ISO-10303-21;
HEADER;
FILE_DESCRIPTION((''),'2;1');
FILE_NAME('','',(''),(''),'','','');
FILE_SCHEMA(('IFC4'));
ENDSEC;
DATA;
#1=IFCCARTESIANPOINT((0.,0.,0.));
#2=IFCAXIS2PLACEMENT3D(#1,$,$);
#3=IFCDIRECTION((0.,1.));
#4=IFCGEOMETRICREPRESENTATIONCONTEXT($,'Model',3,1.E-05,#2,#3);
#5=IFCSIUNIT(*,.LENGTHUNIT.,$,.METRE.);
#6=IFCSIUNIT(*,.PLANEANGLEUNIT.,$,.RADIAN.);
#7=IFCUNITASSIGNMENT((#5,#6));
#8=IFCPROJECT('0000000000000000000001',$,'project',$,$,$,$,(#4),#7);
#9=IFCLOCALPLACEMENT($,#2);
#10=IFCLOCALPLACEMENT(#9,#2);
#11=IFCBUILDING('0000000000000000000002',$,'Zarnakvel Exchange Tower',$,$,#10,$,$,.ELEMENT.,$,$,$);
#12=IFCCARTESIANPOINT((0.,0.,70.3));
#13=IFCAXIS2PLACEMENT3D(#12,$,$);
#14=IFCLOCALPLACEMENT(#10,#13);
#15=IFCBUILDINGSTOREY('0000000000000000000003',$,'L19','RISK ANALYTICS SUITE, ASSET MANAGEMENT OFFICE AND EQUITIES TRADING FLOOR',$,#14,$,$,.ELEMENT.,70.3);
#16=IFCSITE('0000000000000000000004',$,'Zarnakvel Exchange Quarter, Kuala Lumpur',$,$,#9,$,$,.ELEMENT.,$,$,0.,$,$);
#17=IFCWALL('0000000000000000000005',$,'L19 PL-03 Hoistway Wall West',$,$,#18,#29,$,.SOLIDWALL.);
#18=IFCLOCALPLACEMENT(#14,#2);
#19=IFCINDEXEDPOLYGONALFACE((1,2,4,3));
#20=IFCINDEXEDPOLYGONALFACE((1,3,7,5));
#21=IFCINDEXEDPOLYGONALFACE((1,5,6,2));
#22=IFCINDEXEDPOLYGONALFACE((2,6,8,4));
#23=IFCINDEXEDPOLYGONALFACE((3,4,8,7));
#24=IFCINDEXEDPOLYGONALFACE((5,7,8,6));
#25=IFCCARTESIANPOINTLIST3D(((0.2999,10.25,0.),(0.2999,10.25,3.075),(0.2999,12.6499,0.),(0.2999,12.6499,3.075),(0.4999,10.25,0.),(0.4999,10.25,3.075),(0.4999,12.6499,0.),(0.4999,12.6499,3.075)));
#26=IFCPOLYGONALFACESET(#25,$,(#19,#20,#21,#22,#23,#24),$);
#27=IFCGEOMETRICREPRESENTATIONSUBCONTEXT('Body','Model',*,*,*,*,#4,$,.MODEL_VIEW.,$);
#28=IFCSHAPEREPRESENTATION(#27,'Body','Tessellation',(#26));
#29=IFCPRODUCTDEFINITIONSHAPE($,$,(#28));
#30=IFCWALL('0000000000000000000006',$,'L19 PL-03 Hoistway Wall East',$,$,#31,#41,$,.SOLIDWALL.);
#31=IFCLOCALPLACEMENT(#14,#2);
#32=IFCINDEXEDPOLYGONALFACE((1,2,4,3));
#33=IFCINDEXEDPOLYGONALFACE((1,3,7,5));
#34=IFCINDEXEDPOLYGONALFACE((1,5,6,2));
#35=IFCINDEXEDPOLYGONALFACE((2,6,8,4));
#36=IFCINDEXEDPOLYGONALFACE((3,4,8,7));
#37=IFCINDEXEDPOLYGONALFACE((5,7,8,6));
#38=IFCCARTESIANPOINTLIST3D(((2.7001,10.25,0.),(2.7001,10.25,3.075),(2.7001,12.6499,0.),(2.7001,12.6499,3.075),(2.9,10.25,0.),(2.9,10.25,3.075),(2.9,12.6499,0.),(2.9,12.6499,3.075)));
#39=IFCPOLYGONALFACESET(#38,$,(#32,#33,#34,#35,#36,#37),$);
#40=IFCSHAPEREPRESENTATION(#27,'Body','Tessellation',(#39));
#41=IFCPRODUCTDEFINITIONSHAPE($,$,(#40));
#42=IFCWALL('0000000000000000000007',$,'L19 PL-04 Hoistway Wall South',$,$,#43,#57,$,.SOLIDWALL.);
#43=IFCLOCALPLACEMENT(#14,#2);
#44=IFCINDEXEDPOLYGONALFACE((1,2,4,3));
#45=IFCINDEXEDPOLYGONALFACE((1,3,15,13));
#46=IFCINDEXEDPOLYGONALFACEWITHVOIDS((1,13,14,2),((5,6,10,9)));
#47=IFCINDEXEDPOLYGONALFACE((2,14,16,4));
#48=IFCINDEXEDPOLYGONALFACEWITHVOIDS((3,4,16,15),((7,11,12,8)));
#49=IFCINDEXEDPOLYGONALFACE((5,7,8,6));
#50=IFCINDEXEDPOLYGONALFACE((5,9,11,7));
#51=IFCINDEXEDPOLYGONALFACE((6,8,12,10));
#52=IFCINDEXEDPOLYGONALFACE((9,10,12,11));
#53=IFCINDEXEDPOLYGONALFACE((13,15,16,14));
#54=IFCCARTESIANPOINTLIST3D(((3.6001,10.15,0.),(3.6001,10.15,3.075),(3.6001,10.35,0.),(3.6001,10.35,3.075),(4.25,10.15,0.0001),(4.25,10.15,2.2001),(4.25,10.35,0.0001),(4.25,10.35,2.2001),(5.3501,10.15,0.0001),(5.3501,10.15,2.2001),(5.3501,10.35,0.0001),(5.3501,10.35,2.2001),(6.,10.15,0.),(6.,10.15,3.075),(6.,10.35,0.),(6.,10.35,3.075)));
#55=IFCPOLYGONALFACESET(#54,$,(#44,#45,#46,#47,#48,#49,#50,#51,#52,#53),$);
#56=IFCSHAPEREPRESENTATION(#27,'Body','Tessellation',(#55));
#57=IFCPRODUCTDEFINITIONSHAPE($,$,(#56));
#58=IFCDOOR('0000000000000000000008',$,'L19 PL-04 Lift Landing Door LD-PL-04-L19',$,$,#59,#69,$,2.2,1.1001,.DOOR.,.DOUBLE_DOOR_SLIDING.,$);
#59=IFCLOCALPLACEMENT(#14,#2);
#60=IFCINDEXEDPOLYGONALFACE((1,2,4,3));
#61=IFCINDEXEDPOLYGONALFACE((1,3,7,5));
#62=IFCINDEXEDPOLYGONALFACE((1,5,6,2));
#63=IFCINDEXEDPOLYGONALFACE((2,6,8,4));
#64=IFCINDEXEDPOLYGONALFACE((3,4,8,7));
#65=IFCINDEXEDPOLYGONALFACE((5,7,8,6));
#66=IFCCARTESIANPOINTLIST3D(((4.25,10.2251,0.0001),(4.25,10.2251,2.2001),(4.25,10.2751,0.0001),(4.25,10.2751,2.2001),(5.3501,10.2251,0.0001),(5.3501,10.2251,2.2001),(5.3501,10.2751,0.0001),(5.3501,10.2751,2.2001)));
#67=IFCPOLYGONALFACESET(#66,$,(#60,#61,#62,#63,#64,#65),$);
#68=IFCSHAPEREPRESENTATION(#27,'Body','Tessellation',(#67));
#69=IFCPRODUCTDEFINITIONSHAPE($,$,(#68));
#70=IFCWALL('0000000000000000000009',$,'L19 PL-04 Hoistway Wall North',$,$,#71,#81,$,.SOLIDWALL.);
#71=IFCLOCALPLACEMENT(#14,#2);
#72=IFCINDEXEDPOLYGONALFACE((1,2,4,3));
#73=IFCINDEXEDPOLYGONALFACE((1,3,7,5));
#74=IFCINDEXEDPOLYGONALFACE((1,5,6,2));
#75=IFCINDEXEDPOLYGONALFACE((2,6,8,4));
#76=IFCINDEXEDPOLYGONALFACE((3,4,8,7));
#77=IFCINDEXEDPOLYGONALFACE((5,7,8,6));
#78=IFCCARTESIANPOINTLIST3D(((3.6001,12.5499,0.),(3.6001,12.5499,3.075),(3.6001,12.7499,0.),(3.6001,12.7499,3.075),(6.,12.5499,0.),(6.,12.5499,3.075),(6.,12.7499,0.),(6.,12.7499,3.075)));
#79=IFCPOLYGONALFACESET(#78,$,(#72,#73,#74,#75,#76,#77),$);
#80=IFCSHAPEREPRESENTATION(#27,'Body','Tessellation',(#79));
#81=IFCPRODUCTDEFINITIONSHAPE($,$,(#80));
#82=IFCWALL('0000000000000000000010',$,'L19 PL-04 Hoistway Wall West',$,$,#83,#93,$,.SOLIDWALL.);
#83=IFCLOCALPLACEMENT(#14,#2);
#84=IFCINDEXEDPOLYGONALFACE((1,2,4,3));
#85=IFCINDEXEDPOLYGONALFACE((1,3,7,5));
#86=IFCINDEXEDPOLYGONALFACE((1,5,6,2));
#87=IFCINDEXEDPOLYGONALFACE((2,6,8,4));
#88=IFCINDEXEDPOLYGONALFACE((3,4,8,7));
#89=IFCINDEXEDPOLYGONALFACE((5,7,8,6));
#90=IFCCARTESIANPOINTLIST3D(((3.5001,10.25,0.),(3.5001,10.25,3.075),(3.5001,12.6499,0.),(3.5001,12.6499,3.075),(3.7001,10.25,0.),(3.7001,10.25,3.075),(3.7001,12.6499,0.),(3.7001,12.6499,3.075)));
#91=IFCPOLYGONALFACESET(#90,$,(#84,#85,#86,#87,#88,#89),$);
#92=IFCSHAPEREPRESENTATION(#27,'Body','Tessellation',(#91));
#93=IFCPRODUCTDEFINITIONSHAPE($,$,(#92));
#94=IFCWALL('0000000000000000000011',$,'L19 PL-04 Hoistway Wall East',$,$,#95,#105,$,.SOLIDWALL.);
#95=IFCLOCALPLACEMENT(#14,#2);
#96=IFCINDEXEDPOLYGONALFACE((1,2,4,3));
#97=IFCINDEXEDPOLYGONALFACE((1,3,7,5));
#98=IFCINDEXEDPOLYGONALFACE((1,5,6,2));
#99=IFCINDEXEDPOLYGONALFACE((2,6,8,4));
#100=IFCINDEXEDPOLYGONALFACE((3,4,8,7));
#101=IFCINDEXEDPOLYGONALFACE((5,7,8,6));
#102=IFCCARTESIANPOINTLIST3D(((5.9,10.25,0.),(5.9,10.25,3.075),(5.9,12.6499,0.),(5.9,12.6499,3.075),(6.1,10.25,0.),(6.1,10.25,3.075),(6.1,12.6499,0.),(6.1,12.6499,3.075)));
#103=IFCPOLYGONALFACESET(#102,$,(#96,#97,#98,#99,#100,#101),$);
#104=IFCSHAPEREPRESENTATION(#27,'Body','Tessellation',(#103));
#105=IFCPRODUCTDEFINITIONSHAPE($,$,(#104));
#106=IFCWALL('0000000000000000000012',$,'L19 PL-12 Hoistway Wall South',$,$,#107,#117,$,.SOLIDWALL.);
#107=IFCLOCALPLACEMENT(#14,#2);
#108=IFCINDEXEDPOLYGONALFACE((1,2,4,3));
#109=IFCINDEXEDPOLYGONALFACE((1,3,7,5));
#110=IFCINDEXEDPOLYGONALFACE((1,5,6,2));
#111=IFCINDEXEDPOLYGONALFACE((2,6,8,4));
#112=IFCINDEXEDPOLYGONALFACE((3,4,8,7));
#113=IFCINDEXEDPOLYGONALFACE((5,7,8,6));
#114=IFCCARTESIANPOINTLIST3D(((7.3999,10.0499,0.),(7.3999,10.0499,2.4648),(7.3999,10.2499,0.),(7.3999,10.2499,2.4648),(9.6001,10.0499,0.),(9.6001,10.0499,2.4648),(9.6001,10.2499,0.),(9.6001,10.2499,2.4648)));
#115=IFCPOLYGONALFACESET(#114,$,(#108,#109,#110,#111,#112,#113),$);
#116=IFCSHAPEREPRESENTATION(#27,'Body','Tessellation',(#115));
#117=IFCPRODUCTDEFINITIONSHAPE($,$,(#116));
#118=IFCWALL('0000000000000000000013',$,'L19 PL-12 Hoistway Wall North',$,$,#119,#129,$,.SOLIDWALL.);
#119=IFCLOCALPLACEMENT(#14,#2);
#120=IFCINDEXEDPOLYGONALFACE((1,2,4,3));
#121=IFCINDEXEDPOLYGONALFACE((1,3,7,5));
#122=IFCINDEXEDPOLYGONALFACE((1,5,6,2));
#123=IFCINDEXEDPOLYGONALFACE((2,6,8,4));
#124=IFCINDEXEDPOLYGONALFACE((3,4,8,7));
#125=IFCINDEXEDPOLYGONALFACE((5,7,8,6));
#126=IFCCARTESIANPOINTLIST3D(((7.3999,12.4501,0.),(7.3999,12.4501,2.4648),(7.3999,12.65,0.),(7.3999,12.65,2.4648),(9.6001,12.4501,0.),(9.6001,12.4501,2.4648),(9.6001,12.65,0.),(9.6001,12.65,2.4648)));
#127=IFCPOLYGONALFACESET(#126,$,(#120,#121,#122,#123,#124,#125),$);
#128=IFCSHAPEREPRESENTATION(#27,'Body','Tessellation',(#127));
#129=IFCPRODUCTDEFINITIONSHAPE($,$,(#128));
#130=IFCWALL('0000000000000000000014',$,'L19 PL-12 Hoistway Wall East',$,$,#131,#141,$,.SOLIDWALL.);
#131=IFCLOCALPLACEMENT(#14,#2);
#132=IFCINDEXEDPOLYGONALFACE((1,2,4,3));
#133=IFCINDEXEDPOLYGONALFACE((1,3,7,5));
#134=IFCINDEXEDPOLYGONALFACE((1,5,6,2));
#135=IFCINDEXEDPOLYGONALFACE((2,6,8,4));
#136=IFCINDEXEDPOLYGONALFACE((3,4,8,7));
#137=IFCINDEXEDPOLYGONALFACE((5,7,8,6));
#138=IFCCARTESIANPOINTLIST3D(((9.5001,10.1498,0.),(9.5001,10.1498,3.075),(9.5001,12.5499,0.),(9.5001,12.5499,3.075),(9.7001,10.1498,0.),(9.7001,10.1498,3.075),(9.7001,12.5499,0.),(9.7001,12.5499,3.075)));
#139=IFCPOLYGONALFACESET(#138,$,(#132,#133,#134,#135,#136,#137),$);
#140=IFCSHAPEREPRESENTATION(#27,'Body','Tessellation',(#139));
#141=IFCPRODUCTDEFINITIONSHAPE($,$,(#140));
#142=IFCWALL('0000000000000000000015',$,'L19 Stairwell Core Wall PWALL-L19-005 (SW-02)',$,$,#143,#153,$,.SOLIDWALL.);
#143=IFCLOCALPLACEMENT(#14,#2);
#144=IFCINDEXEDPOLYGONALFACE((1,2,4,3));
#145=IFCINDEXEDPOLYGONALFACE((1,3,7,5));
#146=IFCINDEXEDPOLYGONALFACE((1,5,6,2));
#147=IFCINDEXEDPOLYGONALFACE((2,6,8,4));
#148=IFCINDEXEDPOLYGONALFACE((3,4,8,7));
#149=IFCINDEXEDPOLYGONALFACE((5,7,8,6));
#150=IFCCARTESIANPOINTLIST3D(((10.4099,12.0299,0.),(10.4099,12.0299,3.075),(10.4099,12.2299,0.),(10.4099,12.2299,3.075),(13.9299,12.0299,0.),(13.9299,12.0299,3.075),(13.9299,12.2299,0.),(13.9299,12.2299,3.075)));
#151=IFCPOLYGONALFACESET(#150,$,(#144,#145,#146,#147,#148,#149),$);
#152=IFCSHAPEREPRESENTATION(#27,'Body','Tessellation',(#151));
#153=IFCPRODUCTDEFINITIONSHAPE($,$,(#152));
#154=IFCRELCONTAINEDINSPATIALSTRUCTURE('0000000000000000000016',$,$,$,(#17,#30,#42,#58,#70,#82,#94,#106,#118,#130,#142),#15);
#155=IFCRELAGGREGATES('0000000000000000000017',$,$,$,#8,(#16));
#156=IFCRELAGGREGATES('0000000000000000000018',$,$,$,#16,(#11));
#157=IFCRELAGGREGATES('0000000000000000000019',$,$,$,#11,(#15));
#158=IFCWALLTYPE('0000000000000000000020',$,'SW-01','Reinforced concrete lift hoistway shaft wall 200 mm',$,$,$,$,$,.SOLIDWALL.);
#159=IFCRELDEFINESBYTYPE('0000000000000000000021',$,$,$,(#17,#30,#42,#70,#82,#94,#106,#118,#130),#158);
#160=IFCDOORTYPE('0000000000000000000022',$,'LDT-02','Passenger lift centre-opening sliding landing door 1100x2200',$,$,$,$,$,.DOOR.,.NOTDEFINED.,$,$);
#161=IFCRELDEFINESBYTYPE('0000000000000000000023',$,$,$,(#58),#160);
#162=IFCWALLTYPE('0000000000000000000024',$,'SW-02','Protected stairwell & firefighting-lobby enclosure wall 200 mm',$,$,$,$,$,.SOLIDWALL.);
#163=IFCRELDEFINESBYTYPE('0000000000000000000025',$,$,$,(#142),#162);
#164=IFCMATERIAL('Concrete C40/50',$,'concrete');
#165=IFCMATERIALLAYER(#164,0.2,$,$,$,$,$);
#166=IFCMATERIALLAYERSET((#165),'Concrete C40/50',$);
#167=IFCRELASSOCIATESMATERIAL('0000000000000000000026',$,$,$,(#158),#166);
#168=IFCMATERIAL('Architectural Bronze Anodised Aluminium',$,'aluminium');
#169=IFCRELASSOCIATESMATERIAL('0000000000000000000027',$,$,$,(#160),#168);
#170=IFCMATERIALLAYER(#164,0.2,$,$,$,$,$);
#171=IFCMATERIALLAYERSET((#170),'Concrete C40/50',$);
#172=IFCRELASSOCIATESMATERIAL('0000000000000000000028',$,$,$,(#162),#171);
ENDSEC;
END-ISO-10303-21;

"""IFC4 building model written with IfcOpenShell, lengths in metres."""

from ifc_helpers import new_model, si_unit, direction, frame, frame_2d, origin, place, context, subcontext, project, spatial, rectangle, extrude, source, transform, mapped, material, layer, layer_set, type_object, element, fill, save


model = new_model("IFC4")

# Units and contexts
model_context = context("Model", 3, precision=1e-05, world=origin(), true_north=direction((0.0, 1.0)))
body_context = subcontext(model_context, "Body", "Model", "MODEL_VIEW")
ifc_project = project(units=[si_unit("LENGTHUNIT", "METRE"), si_unit("PLANEANGLEUNIT", "RADIAN")], contexts=[model_context])

# Site, building, storey
site_placement = place(None, origin())
site = spatial("IfcSite", under=ifc_project, at=site_placement, Name="Zarnakvel Exchange Quarter, Kuala Lumpur", CompositionType="ELEMENT", RefElevation=0.0)
building_placement = place(site_placement, origin())
building = spatial("IfcBuilding", under=site, at=building_placement, Name="Zarnakvel Exchange Tower", CompositionType="ELEMENT")
storey_placement = place(building_placement, frame((0.0, 0.0, 70.3)))
storey = spatial("IfcBuildingStorey", under=building, at=storey_placement, Name="L19", Description="RISK ANALYTICS SUITE, ASSET MANAGEMENT OFFICE AND EQUITIES TRADING FLOOR", CompositionType="ELEMENT", Elevation=70.3)

# Shared definitions
ifc_material_1 = material(Name="Architectural Bronze Anodised Aluminium", Category="aluminium")

# Shared definitions
ifc_material_2 = material(Name="Concrete C40/50", Category="concrete")
ifc_layer_1 = layer(ifc_material_2, 0.2)
ifc_layer_set_1 = layer_set([ifc_layer_1], Name="Concrete C40/50")
wall_type_1 = type_object("IfcWallType", Name="SW-01", Description="Reinforced concrete lift hoistway shaft wall 200 mm", PredefinedType="SOLIDWALL", material=ifc_layer_set_1)
door_type = type_object("IfcDoorType", Name="LDT-02", Description="Passenger lift centre-opening sliding landing door 1100x2200", OperationType="NOTDEFINED", PredefinedType="DOOR", material=ifc_material_1)
shared_shape_1 = source(origin(), body_context, "Body", "SweptSolid", [
    extrude(rectangle(XDim=1.1001, YDim=2.2, at=frame_2d((0.55, 1.1001))), frame((0.0, 0.0249, 0.0), z_axis=(0.0, -1.0, 0.0), x_axis=(1.0, 0.0, 0.0)), (0.0, 0.0, 1.0), 0.05),
])

# Walls
for number, where, z_axis, x_axis, name in (
    (1, (0.3999, 10.25, 0.0), (0.0, 0.0, 1.0), (0.0, 1.0, 0.0), "L19 PL-03 Hoistway Wall West"),
    (2, (2.8, 12.6499, 0.0), (0.0, 0.0, 1.0), (0.0, -1.0, 0.0), "L19 PL-03 Hoistway Wall East"),
):
    element("IfcWall", number, at=place(storey_placement, frame(where, z_axis=z_axis, x_axis=x_axis)), inside=storey, type_object=wall_type_1, Name=name, PredefinedType="SOLIDWALL", context=body_context, shape_type="SweptSolid", body=[
        extrude(rectangle(XDim=2.3999, YDim=0.2, at=frame_2d((1.2, 0.0))), origin(), (0.0, 0.0, 1.0), 3.075),
    ])

# Wall, opening, door
wall_1_placement = place(storey_placement, frame((6.0, 10.25, 0.0), z_axis=(0.0, 0.0, 1.0), x_axis=(-1.0, 0.0, 0.0)))
wall_1 = element("IfcWall", 3, at=wall_1_placement, inside=storey, type_object=wall_type_1, Name="L19 PL-04 Hoistway Wall South", PredefinedType="SOLIDWALL", context=body_context, shape_type="SweptSolid", body=[
    extrude(rectangle(XDim=2.3999, YDim=0.2, at=frame_2d((1.2, 0.0))), origin(), (0.0, 0.0, 1.0), 3.075),
])
opening_1_placement = place(wall_1_placement, frame((0.6499, 0.0, 0.0)))
opening_1 = element("IfcOpeningElement", 4, at=opening_1_placement, cuts=wall_1, PredefinedType="OPENING", context=body_context, shape_type="SweptSolid", body=[
    extrude(rectangle(XDim=1.1001, YDim=2.2, at=frame_2d((0.55, 1.1001))), frame((0.0, 0.1099, 0.0), z_axis=(0.0, -1.0, 0.0), x_axis=(1.0, 0.0, 0.0)), (0.0, 0.0, 1.0), 0.22),
])
door_1_placement = place(opening_1_placement, origin())
door_1 = element("IfcDoor", 5, at=door_1_placement, inside=storey, type_object=door_type, Name="L19 PL-04 Lift Landing Door LD-PL-04-L19", OperationType="DOUBLE_DOOR_SLIDING", OverallHeight=2.2, OverallWidth=1.1001, PredefinedType="DOOR", context=body_context, shape_type="MappedRepresentation", body=[
    mapped(shared_shape_1, transform((0.0, 0.0, 0.0), x_axis=(1.0, 0.0, 0.0), y_axis=(0.0, 1.0, 0.0), z_axis=(0.0, 0.0, 1.0), scale=1.0)),
])
fill(opening_1, door_1)

# Walls
for number, where, z_axis, x_axis, name in (
    (6, (3.6001, 12.6499, 0.0), (0.0, 0.0, 1.0), (1.0, 0.0, 0.0), "L19 PL-04 Hoistway Wall North"),
    (7, (3.6001, 10.25, 0.0), (0.0, 0.0, 1.0), (0.0, 1.0, 0.0), "L19 PL-04 Hoistway Wall West"),
    (8, (6.0, 12.6499, 0.0), (0.0, 0.0, 1.0), (0.0, -1.0, 0.0), "L19 PL-04 Hoistway Wall East"),
):
    element("IfcWall", number, at=place(storey_placement, frame(where, z_axis=z_axis, x_axis=x_axis)), inside=storey, type_object=wall_type_1, Name=name, PredefinedType="SOLIDWALL", context=body_context, shape_type="SweptSolid", body=[
        extrude(rectangle(XDim=2.3999, YDim=0.2, at=frame_2d((1.2, 0.0))), origin(), (0.0, 0.0, 1.0), 3.075),
    ])
for number, where, z_axis, x_axis, name in (
    (9, (9.6001, 10.1499, 0.0), (0.0, 0.0, 1.0), (-1.0, 0.0, 0.0), "L19 PL-12 Hoistway Wall South"),
    (10, (7.3999, 12.55, 0.0), (0.0, 0.0, 1.0), (1.0, 0.0, 0.0), "L19 PL-12 Hoistway Wall North"),
):
    element("IfcWall", number, at=place(storey_placement, frame(where, z_axis=z_axis, x_axis=x_axis)), inside=storey, type_object=wall_type_1, Name=name, PredefinedType="SOLIDWALL", context=body_context, shape_type="SweptSolid", body=[
        extrude(rectangle(XDim=2.2002, YDim=0.2, at=frame_2d((1.1001, 0.0))), origin(), (0.0, 0.0, 1.0), 2.4648),
    ])
wall_2_placement = place(storey_placement, frame((9.6001, 12.55, 0.0), z_axis=(0.0, 0.0, 1.0), x_axis=(0.0, -1.0, 0.0)))
element("IfcWall", 11, at=wall_2_placement, inside=storey, type_object=wall_type_1, Name="L19 PL-12 Hoistway Wall East", PredefinedType="SOLIDWALL", context=body_context, shape_type="SweptSolid", body=[
    extrude(rectangle(XDim=2.4001, YDim=0.2, at=frame_2d((1.2002, 0.0))), origin(), (0.0, 0.0, 1.0), 3.075),
])
ifc_layer_2 = layer(ifc_material_2, 0.2)
ifc_layer_set_2 = layer_set([ifc_layer_2], Name="Concrete C40/50")
wall_type_2 = type_object("IfcWallType", Name="SW-02", Description="Protected stairwell & firefighting-lobby enclosure wall 200 mm", PredefinedType="SOLIDWALL", material=ifc_layer_set_2)
wall_3_placement = place(storey_placement, frame((10.4099, 12.1299, 0.0), z_axis=(0.0, 0.0, 1.0), x_axis=(1.0, 0.0, 0.0)))
element("IfcWall", 12, at=wall_3_placement, inside=storey, type_object=wall_type_2, Name="L19 Stairwell Core Wall PWALL-L19-005 (SW-02)", PredefinedType="SOLIDWALL", context=body_context, shape_type="SweptSolid", body=[
    extrude(rectangle(XDim=3.52, YDim=0.2, at=frame_2d((1.76, 0.0))), origin(), (0.0, 0.0, 1.0), 3.075),
])

save(model, "model.ifc")
